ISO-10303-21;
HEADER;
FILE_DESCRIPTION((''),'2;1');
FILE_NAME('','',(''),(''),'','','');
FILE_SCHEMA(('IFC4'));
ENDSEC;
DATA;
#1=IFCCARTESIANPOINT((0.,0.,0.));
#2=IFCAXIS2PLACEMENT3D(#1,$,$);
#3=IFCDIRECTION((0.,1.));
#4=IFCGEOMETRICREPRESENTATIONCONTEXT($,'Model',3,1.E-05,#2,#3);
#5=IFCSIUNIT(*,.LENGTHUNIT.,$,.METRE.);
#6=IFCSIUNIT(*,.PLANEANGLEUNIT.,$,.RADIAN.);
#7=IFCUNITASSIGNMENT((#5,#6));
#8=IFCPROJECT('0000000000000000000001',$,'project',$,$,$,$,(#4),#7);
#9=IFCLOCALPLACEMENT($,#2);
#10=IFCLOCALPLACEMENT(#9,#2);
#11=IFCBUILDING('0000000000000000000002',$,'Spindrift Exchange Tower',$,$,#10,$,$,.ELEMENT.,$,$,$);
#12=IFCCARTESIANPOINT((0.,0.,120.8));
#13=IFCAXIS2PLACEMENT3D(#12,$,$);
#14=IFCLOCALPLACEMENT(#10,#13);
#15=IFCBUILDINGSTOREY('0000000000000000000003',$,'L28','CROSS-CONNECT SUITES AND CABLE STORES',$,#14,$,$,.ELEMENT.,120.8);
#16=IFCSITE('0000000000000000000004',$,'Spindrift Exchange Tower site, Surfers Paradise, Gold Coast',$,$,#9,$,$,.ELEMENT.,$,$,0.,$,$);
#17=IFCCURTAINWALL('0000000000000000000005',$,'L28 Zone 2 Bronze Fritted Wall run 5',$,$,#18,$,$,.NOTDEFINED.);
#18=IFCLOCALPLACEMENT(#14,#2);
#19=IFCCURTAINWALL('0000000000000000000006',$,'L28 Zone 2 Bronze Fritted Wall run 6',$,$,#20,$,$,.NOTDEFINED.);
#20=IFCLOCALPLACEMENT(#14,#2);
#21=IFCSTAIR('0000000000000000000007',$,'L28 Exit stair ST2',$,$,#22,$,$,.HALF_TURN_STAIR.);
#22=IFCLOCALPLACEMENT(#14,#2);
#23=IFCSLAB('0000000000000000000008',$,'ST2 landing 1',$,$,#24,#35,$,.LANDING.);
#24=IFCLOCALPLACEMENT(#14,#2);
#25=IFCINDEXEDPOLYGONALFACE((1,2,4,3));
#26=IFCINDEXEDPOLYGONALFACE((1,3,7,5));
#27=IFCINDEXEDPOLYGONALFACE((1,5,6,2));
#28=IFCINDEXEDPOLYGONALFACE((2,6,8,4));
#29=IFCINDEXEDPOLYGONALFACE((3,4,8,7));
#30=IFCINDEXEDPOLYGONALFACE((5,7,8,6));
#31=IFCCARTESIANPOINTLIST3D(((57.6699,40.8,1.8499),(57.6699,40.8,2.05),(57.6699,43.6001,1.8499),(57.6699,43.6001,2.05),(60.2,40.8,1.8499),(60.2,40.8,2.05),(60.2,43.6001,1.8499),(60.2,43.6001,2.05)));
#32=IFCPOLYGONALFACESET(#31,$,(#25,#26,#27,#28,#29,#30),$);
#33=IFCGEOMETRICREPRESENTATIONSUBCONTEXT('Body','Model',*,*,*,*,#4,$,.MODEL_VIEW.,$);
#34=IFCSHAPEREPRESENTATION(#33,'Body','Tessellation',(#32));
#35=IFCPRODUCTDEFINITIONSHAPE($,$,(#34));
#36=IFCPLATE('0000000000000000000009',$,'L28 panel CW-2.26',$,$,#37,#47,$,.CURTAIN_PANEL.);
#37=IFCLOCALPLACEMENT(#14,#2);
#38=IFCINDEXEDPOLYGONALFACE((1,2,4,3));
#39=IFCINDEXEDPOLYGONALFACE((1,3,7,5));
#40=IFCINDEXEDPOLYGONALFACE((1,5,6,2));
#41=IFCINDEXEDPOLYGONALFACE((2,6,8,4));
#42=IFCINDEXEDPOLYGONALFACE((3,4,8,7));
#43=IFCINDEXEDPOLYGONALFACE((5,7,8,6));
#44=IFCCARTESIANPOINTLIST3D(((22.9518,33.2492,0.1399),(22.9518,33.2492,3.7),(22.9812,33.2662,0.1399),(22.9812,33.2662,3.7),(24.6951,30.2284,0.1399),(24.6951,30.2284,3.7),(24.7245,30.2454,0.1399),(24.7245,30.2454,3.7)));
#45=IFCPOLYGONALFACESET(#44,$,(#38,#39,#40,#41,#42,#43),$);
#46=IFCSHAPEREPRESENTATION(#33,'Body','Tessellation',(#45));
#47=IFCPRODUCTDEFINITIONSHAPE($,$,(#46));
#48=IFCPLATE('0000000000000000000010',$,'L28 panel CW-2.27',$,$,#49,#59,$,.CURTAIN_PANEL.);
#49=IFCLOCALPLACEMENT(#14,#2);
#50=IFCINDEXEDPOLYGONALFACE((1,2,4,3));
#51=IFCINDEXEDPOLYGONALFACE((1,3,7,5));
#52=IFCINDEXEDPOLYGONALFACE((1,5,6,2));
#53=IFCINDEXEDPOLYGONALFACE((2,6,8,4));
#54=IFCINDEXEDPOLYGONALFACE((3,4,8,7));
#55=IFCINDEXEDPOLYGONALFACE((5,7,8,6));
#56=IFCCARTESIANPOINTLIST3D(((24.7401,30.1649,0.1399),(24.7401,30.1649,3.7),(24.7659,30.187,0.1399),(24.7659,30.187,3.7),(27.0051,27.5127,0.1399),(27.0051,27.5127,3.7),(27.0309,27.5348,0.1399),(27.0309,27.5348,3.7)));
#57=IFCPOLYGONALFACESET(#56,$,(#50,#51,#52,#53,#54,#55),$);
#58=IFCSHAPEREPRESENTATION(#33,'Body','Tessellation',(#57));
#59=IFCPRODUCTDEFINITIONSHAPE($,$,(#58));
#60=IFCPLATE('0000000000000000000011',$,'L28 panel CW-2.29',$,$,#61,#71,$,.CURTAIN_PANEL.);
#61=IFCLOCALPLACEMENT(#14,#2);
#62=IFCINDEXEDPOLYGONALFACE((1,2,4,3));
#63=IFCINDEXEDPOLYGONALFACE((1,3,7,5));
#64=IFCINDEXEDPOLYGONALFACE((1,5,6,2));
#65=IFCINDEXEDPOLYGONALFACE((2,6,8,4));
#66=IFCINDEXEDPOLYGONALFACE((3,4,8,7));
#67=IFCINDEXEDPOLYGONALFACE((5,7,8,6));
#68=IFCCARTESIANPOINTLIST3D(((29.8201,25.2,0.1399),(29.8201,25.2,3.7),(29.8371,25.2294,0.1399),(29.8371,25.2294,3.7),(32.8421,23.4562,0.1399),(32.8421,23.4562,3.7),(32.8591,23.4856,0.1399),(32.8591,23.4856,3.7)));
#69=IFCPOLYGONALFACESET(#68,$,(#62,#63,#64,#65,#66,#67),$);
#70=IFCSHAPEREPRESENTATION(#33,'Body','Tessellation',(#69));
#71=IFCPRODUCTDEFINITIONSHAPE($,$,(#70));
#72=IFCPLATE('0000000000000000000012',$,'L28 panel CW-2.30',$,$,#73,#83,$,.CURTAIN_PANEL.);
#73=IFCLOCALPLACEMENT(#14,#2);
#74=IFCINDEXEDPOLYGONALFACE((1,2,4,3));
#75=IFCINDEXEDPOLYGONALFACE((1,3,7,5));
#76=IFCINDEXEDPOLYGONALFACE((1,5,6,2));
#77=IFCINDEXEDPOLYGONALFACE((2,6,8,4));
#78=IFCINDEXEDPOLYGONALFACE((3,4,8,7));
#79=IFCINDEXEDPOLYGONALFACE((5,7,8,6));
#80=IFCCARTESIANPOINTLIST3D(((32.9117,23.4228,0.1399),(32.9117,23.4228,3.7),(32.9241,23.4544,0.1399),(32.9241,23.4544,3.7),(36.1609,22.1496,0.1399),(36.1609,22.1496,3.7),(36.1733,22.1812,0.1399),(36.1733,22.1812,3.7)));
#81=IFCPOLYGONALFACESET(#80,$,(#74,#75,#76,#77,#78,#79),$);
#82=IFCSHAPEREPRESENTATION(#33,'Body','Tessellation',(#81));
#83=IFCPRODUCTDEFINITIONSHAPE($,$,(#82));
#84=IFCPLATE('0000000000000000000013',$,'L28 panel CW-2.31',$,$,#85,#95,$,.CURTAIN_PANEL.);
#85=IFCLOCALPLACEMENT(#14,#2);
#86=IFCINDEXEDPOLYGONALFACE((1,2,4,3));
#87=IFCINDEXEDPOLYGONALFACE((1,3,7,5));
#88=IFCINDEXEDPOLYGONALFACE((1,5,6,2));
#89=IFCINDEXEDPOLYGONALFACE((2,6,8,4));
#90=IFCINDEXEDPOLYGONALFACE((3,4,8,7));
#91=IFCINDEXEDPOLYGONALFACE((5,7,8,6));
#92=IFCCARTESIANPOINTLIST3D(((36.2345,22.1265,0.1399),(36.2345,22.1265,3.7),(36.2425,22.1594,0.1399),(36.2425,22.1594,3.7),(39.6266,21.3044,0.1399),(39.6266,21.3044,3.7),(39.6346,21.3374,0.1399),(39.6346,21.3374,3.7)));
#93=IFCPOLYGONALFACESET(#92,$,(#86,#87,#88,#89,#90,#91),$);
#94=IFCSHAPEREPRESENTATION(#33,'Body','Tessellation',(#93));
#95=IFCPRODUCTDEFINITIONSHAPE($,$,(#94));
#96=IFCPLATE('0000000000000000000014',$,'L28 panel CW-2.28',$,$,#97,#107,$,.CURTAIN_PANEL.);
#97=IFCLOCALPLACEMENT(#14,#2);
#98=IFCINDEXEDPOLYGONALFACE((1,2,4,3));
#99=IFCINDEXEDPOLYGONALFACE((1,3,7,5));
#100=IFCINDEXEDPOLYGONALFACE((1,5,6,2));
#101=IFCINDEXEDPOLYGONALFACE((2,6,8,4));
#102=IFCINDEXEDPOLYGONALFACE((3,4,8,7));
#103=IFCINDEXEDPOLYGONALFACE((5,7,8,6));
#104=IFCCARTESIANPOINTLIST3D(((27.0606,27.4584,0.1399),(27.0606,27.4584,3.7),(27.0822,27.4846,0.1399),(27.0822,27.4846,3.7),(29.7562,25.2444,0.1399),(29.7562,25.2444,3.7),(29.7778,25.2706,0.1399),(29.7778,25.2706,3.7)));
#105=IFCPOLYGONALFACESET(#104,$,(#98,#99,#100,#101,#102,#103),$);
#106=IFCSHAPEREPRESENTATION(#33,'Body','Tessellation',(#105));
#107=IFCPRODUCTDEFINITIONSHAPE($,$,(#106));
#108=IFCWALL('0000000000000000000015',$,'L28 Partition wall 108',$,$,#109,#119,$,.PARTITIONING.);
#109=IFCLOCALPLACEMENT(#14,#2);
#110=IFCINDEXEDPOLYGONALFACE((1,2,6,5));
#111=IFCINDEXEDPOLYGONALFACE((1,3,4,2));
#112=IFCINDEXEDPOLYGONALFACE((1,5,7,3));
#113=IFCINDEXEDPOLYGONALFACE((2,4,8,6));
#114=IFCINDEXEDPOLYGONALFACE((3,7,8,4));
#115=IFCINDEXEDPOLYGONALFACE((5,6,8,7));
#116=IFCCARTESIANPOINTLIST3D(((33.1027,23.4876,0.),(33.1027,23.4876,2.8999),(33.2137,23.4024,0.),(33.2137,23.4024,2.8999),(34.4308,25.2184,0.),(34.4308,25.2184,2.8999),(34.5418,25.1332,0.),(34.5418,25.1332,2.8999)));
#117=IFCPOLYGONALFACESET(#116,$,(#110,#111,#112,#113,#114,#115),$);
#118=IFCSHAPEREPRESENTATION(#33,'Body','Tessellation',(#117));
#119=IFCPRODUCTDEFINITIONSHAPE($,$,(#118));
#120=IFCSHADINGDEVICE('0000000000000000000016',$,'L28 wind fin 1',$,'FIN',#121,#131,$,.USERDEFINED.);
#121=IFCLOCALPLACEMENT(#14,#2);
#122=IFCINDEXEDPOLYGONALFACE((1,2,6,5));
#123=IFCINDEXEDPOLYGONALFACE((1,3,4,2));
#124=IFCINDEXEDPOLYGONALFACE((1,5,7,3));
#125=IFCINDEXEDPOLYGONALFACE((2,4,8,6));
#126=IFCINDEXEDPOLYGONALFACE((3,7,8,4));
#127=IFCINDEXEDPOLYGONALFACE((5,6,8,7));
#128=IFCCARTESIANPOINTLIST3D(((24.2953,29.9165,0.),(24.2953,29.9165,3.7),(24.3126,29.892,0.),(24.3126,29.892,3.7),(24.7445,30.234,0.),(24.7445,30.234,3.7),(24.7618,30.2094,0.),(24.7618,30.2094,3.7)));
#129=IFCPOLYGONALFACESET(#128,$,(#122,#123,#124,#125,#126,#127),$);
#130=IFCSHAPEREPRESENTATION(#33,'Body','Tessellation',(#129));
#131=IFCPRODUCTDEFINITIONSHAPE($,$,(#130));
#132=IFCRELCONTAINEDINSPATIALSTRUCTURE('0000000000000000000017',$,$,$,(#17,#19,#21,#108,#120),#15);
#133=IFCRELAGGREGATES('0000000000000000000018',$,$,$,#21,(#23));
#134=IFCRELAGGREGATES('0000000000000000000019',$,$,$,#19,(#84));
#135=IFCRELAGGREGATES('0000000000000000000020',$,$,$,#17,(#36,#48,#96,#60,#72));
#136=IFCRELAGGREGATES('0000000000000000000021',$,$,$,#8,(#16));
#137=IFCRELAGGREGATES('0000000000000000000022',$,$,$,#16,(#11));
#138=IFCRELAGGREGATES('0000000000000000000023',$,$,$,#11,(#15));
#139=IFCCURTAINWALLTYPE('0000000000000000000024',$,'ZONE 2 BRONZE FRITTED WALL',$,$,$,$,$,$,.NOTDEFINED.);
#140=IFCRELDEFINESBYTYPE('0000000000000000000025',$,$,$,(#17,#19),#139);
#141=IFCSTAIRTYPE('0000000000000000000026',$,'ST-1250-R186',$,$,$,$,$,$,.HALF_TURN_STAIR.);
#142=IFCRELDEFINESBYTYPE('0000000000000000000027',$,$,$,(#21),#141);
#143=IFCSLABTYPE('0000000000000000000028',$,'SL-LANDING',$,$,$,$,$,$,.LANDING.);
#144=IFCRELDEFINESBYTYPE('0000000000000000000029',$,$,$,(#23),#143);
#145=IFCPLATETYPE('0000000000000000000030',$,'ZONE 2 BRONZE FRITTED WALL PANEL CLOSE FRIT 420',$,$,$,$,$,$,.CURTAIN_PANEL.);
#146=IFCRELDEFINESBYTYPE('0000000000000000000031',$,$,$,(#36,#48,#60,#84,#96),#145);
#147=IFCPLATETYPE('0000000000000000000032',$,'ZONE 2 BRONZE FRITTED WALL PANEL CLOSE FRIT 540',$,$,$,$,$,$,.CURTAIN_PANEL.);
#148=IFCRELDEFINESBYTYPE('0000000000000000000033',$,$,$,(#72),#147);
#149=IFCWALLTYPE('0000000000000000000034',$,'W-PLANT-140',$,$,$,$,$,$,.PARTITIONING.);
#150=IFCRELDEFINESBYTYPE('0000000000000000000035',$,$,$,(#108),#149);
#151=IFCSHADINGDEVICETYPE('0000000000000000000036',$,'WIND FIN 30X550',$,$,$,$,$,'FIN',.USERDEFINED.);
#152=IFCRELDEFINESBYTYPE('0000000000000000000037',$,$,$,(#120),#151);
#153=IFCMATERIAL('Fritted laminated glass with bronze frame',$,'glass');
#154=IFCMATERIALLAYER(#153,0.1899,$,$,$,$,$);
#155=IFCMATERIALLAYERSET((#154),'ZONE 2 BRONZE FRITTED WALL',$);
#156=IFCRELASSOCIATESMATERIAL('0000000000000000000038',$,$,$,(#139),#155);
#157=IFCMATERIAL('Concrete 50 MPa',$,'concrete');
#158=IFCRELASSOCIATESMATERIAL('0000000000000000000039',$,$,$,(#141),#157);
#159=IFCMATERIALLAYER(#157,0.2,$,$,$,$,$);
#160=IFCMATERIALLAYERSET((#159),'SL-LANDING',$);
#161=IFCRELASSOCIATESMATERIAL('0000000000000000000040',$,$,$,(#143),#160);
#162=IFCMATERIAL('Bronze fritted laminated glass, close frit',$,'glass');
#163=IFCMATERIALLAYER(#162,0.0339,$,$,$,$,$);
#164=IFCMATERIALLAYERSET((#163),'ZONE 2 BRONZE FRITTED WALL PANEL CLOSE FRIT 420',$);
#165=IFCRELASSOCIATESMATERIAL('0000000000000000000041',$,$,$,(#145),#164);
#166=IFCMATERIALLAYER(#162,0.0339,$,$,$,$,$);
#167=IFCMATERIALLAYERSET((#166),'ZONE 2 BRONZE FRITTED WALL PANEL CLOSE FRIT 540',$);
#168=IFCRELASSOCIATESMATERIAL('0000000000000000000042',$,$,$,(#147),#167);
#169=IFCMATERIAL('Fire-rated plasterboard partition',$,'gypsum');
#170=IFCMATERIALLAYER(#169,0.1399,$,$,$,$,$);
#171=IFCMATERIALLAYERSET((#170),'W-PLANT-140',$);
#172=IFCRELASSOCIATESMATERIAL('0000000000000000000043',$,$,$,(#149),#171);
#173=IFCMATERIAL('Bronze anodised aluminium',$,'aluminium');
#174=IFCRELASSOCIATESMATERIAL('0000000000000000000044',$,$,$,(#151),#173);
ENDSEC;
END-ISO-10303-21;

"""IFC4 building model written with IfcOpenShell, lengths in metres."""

from ifc_helpers import new_model, si_unit, direction, frame, frame_2d, origin, origin_2d, place, context, subcontext, project, spatial, line, indexed_curve, rectangle, outline, extrude, source, transform, mapped, material, layer, layer_set, material_profile, profile_set, type_object, element, aggregate, save


model = new_model("IFC4")

# Units and contexts
model_context = context("Model", 3, precision=1e-05, world=origin(), true_north=direction((0.0, 1.0)))
body_context = subcontext(model_context, "Body", "Model", "MODEL_VIEW")
ifc_project = project(units=[si_unit("LENGTHUNIT", "METRE"), si_unit("PLANEANGLEUNIT", "RADIAN")], contexts=[model_context])

# Site, building, storey
site_placement = place(None, origin())
site = spatial("IfcSite", under=ifc_project, at=site_placement, Name="Spindrift Exchange Tower site, Surfers Paradise, Gold Coast", CompositionType="ELEMENT", RefElevation=0.0)
building_placement = place(site_placement, origin())
building = spatial("IfcBuilding", under=site, at=building_placement, Name="Spindrift Exchange Tower", CompositionType="ELEMENT")
storey_placement = place(building_placement, frame((0.0, 0.0, 120.8)))
storey = spatial("IfcBuildingStorey", under=building, at=storey_placement, Name="L28", Description="CROSS-CONNECT SUITES AND CABLE STORES", CompositionType="ELEMENT", Elevation=120.8)

# Curtain wall
ifc_material_1 = material(Name="Fritted laminated glass with bronze frame", Category="glass")
ifc_layer_1 = layer(ifc_material_1, 0.1899)
ifc_layer_set_1 = layer_set([ifc_layer_1], Name="ZONE 2 BRONZE FRITTED WALL")
curtain_wall_type = type_object("IfcCurtainWallType", Name="ZONE 2 BRONZE FRITTED WALL", PredefinedType="NOTDEFINED", material=ifc_layer_set_1)
curtain_wall_1_placement = place(storey_placement, origin())
curtain_wall_1 = element("IfcCurtainWall", 1, at=curtain_wall_1_placement, inside=storey, type_object=curtain_wall_type, Name="L28 Zone 2 Bronze Fritted Wall run 5", PredefinedType="NOTDEFINED")
ifc_material_2 = material(Name="Bronze anodised aluminium", Category="aluminium")

# Curtain wall
curtain_wall_2_placement = place(storey_placement, origin())
curtain_wall_2 = element("IfcCurtainWall", 2, at=curtain_wall_2_placement, inside=storey, type_object=curtain_wall_type, Name="L28 Zone 2 Bronze Fritted Wall run 6", PredefinedType="NOTDEFINED")

# Shared definitions
ifc_material_3 = material(Name="Concrete 50 MPa", Category="concrete")

# Stair, slab
stair_type = type_object("IfcStairType", Name="ST-1250-R186", PredefinedType="HALF_TURN_STAIR", material=ifc_material_3)
ifc_layer_2 = layer(ifc_material_3, 0.2)
ifc_layer_set_2 = layer_set([ifc_layer_2], Name="SL-LANDING")
slab_type_1 = type_object("IfcSlabType", Name="SL-LANDING", PredefinedType="LANDING", material=ifc_layer_set_2)
stair_1_placement = place(storey_placement, origin())
stair_1 = element("IfcStair", 3, at=stair_1_placement, inside=storey, type_object=stair_type, Name="L28 Exit stair ST2", PredefinedType="HALF_TURN_STAIR")
slab_1_placement = place(storey_placement, frame((0.0, 0.0, 1.8499)))
slab_1 = element("IfcSlab", 4, at=slab_1_placement, type_object=slab_type_1, Name="ST2 landing 1", PredefinedType="LANDING", context=body_context, shape_type="SweptSolid", body=[
    extrude(outline(indexed_curve([(57.6699, 43.6001), (60.2, 43.6001), (60.2, 40.8), (57.6699, 40.8)], segments=[line(1, 2, 3, 4, 1)], self_intersect=False)), origin(), (0.0, 0.0, 1.0), 0.2002),
])
aggregate(stair_1, [slab_1])

# Plates
ifc_material_4 = material(Name="Bronze fritted laminated glass, close frit", Category="glass")
ifc_layer_3 = layer(ifc_material_4, 0.0339)
ifc_layer_set_3 = layer_set([ifc_layer_3], Name="ZONE 2 BRONZE FRITTED WALL PANEL CLOSE FRIT 420")
plate_type_1 = type_object("IfcPlateType", Name="ZONE 2 BRONZE FRITTED WALL PANEL CLOSE FRIT 420", PredefinedType="CURTAIN_PANEL", material=ifc_layer_set_3)
shared_shape_1 = source(origin(), body_context, "Body", "SweptSolid", [
    extrude(rectangle(XDim=3.4878, YDim=0.0339, at=origin_2d()), origin(), (0.0, 0.0, 1.0), 3.5601),
])
plate_1_placement = place(storey_placement, frame((23.8381, 31.7473, 0.1399), z_axis=(0.0, 0.0, 1.0), x_axis=(0.499846, -0.866114, 0.0)))
plate_1 = element("IfcPlate", 5, at=plate_1_placement, type_object=plate_type_1, Name="L28 panel CW-2.26", PredefinedType="CURTAIN_PANEL", context=body_context, shape_type="MappedRepresentation", body=[
    mapped(shared_shape_1, transform((0.0, 0.0, 0.0), scale=1.0)),
])
plate_2_placement = place(storey_placement, frame((25.8855, 28.8499, 0.1399), z_axis=(0.0, 0.0, 1.0), x_axis=(0.649422, -0.760429, 0.0)))
plate_2 = element("IfcPlate", 6, at=plate_2_placement, type_object=plate_type_1, Name="L28 panel CW-2.27", PredefinedType="CURTAIN_PANEL", context=body_context, shape_type="MappedRepresentation", body=[
    mapped(shared_shape_1, transform((0.0, 0.0, 0.0), scale=1.0)),
])
shared_shape_2 = source(origin(), body_context, "Body", "SweptSolid", [
    extrude(rectangle(XDim=3.489, YDim=0.0339, at=origin_2d()), origin(), (0.0, 0.0, 1.0), 3.5601),
])
plate_3_placement = place(storey_placement, frame((31.3396, 24.3428, 0.1399), z_axis=(0.0, 0.0, 1.0), x_axis=(0.866144, -0.499794, 0.0)))
plate_3 = element("IfcPlate", 7, at=plate_3_placement, type_object=plate_type_1, Name="L28 panel CW-2.29", PredefinedType="CURTAIN_PANEL", context=body_context, shape_type="MappedRepresentation", body=[
    mapped(shared_shape_2, transform((0.0, 0.0, 0.0), scale=1.0)),
])
ifc_layer_4 = layer(ifc_material_4, 0.0339)
ifc_layer_set_4 = layer_set([ifc_layer_4], Name="ZONE 2 BRONZE FRITTED WALL PANEL CLOSE FRIT 540")
plate_type_2 = type_object("IfcPlateType", Name="ZONE 2 BRONZE FRITTED WALL PANEL CLOSE FRIT 540", PredefinedType="CURTAIN_PANEL", material=ifc_layer_set_4)
shared_shape_3 = source(origin(), body_context, "Body", "SweptSolid", [
    extrude(rectangle(XDim=3.4897, YDim=0.0339, at=origin_2d()), origin(), (0.0, 0.0, 1.0), 3.5601),
])
plate_4_placement = place(storey_placement, frame((34.5425, 22.802, 0.1399), z_axis=(0.0, 0.0, 1.0), x_axis=(0.931075, -0.364828, 0.0)))
plate_4 = element("IfcPlate", 8, at=plate_4_placement, type_object=plate_type_2, Name="L28 panel CW-2.30", PredefinedType="CURTAIN_PANEL", context=body_context, shape_type="MappedRepresentation", body=[
    mapped(shared_shape_3, transform((0.0, 0.0, 0.0), scale=1.0)),
])
shared_shape_4 = source(origin(), body_context, "Body", "SweptSolid", [
    extrude(rectangle(XDim=3.4902, YDim=0.0339, at=origin_2d()), origin(), (0.0, 0.0, 1.0), 3.5601),
])
plate_5_placement = place(storey_placement, frame((37.9346, 21.7319, 0.1399), z_axis=(0.0, 0.0, 1.0), x_axis=(0.971869, -0.23552, 0.0)))
plate_5 = element("IfcPlate", 9, at=plate_5_placement, type_object=plate_type_1, Name="L28 panel CW-2.31", PredefinedType="CURTAIN_PANEL", context=body_context, shape_type="MappedRepresentation", body=[
    mapped(shared_shape_4, transform((0.0, 0.0, 0.0), scale=1.0)),
])
aggregate(curtain_wall_2, [plate_5])
shared_shape_5 = source(origin(), body_context, "Body", "SweptSolid", [
    extrude(rectangle(XDim=3.4883, YDim=0.0339, at=origin_2d()), origin(), (0.0, 0.0, 1.0), 3.5601),
])
plate_6_placement = place(storey_placement, frame((28.4192, 26.3645, 0.1399), z_axis=(0.0, 0.0, 1.0), x_axis=(0.772763, -0.634694, 0.0)))
plate_6 = element("IfcPlate", 10, at=plate_6_placement, type_object=plate_type_1, Name="L28 panel CW-2.28", PredefinedType="CURTAIN_PANEL", context=body_context, shape_type="MappedRepresentation", body=[
    mapped(shared_shape_5, transform((0.0, 0.0, 0.0), scale=1.0)),
])
aggregate(curtain_wall_1, [plate_1, plate_2, plate_6, plate_3, plate_4])

# Wall
ifc_material_5 = material(Name="Fire-rated plasterboard partition", Category="gypsum")
ifc_layer_5 = layer(ifc_material_5, 0.1399)
ifc_layer_set_5 = layer_set([ifc_layer_5], Name="W-PLANT-140")
wall_type = type_object("IfcWallType", Name="W-PLANT-140", PredefinedType="PARTITIONING", material=ifc_layer_set_5)
wall_placement = place(storey_placement, frame((34.4863, 25.1758, 0.0), z_axis=(0.0, 0.0, 1.0), x_axis=(-0.608791, -0.793331, 0.0)))
element("IfcWall", 11, at=wall_placement, inside=storey, type_object=wall_type, Name="L28 Partition wall 108", PredefinedType="PARTITIONING", context=body_context, shape_type="SweptSolid", body=[
    extrude(rectangle(XDim=2.1816, YDim=0.1399, at=frame_2d((1.0908, 0.0))), origin(), (0.0, 0.0, 1.0), 2.8999),
])

# Shading device
ifc_material_profile_1 = material_profile(ifc_material_2, rectangle(XDim=0.03, YDim=0.55, at=origin_2d()), Name="WIND FIN 30X550")
ifc_profile_set_1 = profile_set([ifc_material_profile_1], Name="Bronze anodised aluminium")
shading_device_type = type_object("IfcShadingDeviceType", Name="WIND FIN 30X550", ElementType="FIN", PredefinedType="USERDEFINED", material=ifc_profile_set_1)
shared_shape_6 = source(origin(), body_context, "Body", "SweptSolid", [
    extrude(rectangle(XDim=0.03, YDim=0.55, at=origin_2d()), origin(), (0.0, 0.0, 1.0), 3.7),
])
shading_device_placement = place(storey_placement, frame((24.5286, 30.063, 0.0), z_axis=(0.0, 0.0, 1.0), x_axis=(0.577058, -0.816703, 0.0)))
element("IfcShadingDevice", 12, at=shading_device_placement, inside=storey, type_object=shading_device_type, Name="L28 wind fin 1", ObjectType="FIN", PredefinedType="USERDEFINED", context=body_context, shape_type="MappedRepresentation", body=[
    mapped(shared_shape_6, transform((0.0, 0.0, 0.0), scale=1.0)),
])

save(model, "model.ifc")
